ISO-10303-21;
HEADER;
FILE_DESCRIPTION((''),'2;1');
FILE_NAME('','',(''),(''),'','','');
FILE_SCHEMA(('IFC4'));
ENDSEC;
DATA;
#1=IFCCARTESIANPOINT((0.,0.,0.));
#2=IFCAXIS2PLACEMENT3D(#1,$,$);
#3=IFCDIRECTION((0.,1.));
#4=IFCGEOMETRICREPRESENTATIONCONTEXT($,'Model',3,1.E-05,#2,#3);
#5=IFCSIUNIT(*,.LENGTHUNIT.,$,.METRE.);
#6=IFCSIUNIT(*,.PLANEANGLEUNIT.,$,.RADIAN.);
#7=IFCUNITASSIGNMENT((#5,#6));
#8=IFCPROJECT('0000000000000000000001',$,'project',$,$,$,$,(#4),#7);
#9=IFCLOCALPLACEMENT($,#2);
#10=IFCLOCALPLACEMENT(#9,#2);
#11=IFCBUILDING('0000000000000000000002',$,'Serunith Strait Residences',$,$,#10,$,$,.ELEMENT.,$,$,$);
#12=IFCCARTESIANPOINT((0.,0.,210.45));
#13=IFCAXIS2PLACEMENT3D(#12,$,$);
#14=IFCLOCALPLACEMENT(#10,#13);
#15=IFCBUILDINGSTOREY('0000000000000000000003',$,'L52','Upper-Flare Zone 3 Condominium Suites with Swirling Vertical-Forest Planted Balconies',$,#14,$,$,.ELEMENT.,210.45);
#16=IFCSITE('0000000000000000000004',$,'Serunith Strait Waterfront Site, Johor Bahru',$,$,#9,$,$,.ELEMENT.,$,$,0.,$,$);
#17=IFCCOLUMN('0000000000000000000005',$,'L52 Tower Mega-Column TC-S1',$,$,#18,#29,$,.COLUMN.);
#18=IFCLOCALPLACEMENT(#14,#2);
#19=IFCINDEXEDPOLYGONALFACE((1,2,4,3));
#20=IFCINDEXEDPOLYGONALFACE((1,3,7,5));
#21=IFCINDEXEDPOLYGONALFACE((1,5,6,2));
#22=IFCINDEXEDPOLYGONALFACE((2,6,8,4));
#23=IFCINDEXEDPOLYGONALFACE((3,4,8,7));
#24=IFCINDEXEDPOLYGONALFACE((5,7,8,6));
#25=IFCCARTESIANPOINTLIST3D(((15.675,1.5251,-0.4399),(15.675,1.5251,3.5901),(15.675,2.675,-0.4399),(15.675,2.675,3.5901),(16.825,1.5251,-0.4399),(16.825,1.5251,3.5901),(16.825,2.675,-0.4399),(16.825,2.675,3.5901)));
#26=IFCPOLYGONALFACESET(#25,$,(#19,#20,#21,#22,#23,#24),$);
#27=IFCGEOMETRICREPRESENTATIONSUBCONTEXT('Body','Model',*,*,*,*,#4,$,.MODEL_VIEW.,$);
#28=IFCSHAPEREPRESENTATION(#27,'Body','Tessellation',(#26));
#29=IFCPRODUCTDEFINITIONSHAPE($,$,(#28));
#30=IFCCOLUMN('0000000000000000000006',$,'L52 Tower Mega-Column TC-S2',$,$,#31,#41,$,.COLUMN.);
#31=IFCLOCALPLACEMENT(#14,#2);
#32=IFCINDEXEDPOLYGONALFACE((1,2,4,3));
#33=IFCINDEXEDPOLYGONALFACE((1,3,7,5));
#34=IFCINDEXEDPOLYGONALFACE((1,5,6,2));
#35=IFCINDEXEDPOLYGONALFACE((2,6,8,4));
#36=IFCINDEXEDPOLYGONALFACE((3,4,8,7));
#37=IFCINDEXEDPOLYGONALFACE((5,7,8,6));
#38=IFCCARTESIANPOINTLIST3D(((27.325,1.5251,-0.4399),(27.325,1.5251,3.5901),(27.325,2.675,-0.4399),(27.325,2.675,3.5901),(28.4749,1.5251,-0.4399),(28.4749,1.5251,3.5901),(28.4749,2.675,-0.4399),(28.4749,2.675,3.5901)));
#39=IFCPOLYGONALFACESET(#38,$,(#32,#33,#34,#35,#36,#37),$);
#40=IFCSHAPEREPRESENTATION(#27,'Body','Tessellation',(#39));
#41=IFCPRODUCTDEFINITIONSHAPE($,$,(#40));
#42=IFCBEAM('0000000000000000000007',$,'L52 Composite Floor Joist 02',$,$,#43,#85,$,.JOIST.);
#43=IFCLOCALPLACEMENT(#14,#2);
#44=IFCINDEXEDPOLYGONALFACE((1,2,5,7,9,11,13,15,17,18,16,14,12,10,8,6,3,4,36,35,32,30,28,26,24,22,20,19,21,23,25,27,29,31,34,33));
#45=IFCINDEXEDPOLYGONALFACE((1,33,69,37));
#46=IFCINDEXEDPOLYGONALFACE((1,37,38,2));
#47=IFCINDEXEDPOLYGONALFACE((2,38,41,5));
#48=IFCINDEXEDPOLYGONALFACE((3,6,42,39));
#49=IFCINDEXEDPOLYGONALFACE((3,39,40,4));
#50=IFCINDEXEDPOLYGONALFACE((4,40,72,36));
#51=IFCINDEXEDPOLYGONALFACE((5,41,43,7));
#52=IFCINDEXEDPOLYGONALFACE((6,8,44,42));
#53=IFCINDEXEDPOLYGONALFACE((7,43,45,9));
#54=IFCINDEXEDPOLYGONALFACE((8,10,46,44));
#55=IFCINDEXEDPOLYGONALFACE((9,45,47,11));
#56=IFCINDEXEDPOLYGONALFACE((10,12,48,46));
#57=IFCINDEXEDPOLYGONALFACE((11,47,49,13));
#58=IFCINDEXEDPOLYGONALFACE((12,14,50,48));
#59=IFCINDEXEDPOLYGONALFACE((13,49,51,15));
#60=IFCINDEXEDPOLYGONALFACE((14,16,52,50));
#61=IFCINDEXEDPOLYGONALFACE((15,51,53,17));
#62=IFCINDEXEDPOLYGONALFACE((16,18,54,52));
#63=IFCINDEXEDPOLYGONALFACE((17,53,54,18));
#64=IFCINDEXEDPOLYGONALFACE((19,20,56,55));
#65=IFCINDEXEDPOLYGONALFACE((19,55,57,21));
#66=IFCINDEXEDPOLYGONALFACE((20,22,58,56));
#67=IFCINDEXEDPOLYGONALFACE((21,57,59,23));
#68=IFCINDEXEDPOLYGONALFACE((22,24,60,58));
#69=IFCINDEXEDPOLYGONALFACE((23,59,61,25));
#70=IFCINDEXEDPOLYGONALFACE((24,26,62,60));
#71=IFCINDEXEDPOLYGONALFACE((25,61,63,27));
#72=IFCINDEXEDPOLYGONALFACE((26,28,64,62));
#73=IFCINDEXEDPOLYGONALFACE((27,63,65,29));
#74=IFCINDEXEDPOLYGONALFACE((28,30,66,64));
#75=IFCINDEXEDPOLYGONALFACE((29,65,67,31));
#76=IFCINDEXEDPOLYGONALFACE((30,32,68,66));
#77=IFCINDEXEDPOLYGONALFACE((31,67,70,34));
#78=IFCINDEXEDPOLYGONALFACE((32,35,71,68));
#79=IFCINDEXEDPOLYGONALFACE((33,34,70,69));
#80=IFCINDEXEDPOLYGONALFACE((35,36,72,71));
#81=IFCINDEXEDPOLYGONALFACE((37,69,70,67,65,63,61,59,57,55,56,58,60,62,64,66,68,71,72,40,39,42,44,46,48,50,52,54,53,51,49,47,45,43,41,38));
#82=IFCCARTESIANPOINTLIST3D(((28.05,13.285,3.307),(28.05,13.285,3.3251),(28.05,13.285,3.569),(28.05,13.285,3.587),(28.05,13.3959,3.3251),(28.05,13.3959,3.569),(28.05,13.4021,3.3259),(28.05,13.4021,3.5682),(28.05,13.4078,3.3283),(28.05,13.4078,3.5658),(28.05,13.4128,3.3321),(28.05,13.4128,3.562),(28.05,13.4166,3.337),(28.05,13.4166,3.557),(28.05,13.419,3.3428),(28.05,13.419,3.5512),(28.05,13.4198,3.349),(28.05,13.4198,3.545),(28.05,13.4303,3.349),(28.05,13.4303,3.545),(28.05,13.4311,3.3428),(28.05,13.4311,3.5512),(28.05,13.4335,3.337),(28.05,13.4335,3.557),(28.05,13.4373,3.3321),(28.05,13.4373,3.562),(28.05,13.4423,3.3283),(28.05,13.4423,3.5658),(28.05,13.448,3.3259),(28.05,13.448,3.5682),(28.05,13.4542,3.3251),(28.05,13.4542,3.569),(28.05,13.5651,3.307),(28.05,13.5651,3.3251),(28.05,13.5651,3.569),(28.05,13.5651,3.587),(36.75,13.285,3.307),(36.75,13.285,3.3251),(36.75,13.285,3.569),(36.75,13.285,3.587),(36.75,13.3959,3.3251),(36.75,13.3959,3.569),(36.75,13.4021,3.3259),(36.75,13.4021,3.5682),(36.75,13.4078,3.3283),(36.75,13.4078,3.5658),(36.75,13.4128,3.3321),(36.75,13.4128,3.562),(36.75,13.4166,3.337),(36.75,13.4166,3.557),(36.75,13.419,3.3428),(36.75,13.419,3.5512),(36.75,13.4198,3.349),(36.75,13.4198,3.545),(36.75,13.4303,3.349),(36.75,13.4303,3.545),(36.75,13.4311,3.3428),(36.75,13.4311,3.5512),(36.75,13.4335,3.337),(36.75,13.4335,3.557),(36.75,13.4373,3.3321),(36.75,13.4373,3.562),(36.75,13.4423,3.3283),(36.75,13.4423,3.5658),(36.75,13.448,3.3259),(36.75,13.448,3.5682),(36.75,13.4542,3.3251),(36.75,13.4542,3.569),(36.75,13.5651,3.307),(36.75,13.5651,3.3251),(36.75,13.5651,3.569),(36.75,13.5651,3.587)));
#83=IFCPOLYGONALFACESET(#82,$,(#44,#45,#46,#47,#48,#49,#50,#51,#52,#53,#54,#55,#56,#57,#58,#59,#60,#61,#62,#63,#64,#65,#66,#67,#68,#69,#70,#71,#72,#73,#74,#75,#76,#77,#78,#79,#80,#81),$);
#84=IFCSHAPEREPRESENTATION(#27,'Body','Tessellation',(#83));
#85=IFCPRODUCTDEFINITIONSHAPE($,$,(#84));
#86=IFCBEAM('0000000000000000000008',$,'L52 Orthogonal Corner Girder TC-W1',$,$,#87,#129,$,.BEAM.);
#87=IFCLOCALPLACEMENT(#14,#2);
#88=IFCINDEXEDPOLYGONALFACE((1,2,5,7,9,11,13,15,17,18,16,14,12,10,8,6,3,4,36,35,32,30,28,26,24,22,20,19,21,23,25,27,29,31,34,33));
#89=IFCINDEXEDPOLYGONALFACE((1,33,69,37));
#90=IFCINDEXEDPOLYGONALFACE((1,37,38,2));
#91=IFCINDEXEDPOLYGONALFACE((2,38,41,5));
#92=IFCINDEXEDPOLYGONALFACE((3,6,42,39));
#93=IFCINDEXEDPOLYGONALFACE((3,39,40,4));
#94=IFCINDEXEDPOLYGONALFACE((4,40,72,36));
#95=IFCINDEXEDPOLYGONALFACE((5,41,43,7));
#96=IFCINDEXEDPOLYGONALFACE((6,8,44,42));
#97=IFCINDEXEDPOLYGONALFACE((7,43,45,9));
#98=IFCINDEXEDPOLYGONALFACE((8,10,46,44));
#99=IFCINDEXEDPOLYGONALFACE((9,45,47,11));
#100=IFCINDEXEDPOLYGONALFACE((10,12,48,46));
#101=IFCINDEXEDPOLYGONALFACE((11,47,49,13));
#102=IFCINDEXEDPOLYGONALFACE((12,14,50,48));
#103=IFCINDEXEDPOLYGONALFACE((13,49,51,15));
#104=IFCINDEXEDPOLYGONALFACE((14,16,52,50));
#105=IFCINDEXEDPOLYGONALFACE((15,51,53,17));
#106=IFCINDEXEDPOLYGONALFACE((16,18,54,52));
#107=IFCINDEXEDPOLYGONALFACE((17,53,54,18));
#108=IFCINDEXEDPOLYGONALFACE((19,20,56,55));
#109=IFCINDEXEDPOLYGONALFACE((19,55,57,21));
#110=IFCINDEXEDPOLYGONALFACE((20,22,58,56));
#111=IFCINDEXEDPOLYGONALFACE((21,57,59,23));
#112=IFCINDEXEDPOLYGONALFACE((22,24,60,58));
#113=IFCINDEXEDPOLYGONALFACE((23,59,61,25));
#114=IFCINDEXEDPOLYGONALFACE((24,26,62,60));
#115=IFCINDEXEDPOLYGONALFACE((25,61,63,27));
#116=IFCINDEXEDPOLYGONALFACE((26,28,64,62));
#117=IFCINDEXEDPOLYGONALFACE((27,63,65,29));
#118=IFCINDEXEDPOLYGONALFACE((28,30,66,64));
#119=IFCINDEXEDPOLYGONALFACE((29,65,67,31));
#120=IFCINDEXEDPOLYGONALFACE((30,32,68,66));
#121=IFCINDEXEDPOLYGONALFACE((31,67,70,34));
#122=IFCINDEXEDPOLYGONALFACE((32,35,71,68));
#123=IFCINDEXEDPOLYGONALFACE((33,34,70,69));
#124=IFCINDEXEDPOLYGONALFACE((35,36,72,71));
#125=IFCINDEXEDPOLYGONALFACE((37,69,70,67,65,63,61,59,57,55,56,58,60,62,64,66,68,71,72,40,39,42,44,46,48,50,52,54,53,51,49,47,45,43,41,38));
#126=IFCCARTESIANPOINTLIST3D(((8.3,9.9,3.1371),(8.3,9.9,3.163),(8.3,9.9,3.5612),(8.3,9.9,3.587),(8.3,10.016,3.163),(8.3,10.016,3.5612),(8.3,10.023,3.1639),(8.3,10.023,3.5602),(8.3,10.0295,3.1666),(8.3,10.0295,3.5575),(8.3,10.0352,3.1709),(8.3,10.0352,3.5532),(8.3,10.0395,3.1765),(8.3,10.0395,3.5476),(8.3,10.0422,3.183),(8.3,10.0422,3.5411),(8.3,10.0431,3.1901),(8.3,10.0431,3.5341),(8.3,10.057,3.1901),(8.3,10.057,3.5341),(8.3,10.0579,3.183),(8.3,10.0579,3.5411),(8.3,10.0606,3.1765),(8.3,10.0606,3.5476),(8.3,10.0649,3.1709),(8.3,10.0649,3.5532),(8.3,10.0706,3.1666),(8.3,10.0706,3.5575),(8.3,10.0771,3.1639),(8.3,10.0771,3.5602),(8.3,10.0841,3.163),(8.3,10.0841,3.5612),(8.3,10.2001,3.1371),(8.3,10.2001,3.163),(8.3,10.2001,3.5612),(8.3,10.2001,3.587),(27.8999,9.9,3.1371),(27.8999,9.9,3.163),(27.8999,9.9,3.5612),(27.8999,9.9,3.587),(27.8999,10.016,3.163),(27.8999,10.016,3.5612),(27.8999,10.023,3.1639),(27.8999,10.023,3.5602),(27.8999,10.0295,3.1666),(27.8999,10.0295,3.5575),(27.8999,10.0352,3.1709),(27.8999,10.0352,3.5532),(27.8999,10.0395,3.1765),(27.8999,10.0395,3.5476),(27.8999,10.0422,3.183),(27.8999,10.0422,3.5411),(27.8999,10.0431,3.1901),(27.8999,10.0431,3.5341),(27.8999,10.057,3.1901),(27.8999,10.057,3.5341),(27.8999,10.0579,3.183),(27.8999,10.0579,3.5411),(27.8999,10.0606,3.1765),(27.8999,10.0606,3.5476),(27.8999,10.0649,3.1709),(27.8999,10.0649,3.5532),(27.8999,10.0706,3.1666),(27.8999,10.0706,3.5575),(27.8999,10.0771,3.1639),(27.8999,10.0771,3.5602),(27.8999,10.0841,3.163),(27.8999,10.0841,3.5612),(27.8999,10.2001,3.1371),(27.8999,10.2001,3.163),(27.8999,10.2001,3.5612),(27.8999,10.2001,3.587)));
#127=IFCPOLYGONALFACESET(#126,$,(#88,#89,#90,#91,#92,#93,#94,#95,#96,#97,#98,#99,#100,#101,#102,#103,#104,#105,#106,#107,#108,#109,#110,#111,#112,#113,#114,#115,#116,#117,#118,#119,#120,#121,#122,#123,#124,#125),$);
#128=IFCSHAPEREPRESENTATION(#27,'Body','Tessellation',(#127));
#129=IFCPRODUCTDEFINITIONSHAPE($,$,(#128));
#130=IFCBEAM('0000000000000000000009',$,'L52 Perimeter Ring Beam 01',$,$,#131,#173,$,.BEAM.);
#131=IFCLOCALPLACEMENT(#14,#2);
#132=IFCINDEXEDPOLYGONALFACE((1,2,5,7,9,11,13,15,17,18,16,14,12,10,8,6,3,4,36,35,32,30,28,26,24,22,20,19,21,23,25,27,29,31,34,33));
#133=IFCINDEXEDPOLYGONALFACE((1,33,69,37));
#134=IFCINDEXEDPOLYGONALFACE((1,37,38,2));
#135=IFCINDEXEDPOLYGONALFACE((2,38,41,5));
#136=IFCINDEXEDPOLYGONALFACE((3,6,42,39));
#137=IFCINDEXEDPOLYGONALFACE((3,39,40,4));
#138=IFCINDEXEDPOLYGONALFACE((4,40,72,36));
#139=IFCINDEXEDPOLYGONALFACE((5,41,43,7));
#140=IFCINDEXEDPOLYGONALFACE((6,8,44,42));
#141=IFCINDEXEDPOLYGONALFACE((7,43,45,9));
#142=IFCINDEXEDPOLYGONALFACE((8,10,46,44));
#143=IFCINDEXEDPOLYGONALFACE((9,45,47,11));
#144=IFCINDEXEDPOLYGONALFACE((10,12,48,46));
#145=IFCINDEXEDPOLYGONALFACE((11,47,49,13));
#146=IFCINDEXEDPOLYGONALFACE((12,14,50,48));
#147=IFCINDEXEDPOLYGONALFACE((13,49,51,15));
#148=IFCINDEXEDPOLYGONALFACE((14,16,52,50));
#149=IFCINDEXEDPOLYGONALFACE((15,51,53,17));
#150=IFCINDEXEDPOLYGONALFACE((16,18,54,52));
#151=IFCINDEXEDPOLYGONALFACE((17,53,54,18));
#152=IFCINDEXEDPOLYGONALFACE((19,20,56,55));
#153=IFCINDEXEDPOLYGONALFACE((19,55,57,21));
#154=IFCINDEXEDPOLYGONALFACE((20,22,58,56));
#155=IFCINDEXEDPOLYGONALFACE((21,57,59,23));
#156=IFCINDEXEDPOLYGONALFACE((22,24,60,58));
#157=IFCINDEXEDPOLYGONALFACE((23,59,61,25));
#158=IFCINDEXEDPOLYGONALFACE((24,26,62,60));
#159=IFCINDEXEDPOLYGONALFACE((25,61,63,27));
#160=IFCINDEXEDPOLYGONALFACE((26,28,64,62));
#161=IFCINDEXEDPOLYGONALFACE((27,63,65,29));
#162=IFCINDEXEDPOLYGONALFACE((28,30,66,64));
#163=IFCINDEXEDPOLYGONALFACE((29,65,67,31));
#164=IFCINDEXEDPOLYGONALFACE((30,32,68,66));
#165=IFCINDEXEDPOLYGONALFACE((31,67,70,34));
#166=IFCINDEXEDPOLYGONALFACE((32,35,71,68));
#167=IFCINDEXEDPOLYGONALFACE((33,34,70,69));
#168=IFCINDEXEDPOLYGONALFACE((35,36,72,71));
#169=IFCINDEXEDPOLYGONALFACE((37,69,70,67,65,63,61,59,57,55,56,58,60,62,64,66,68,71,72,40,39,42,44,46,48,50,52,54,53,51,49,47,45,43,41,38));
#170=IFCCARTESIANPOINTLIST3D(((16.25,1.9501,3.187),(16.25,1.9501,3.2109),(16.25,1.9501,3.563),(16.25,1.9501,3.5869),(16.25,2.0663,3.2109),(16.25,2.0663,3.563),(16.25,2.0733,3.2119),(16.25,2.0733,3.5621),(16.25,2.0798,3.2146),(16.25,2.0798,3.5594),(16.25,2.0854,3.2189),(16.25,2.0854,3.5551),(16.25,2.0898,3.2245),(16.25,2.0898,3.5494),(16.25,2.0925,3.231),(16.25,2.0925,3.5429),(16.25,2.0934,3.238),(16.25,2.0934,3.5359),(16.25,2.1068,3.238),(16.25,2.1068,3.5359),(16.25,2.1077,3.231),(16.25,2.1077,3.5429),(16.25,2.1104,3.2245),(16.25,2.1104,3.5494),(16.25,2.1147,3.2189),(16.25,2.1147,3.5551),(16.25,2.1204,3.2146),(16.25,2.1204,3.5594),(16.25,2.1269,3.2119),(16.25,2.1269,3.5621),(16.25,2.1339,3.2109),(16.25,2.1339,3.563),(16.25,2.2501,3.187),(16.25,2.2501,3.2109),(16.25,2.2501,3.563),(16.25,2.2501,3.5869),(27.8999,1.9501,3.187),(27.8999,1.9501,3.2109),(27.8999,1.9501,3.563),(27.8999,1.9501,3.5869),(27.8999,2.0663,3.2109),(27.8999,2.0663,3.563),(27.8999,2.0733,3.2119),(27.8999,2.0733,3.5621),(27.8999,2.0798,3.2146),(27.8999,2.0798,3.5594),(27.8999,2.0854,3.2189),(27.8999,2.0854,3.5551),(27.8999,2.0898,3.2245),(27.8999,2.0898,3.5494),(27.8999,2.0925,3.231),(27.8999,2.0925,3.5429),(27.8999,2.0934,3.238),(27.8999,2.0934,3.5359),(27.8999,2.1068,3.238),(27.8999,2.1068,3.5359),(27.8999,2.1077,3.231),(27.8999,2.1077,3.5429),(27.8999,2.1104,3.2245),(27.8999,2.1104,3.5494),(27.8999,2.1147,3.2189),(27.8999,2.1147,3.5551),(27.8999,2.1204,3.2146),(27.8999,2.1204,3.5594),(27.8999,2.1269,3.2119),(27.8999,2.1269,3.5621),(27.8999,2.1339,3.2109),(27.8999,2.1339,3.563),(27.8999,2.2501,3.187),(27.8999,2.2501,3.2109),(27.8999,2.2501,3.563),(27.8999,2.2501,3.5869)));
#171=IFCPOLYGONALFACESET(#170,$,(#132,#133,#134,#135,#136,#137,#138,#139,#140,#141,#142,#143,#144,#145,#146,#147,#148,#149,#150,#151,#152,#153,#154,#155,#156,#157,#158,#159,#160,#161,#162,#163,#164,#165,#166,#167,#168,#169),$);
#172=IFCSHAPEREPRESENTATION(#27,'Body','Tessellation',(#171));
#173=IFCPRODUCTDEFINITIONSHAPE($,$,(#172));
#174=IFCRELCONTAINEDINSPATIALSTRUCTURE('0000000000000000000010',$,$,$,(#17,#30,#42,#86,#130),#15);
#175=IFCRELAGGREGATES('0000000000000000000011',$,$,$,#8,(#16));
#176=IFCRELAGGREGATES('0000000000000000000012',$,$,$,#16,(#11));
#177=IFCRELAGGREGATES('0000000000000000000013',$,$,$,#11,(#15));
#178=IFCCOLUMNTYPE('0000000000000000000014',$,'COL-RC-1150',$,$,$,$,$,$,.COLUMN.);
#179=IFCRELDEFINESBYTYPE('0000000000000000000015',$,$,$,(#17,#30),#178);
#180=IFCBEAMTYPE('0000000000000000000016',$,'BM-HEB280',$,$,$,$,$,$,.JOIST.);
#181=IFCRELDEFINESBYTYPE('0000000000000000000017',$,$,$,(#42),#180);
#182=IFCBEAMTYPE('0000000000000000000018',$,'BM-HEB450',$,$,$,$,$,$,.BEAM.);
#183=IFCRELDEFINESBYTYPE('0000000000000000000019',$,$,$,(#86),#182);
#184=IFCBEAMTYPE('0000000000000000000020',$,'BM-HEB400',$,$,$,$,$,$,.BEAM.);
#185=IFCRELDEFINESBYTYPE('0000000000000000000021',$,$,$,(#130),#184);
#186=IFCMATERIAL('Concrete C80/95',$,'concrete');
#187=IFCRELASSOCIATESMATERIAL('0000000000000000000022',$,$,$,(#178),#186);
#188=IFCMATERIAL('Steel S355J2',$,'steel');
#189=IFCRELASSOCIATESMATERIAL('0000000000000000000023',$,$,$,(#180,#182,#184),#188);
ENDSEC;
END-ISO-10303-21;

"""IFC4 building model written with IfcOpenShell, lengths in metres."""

from ifc_helpers import new_model, si_unit, direction, frame, origin, origin_2d, place, context, subcontext, project, spatial, rectangle, i_section, extrude, source, transform, mapped, material, material_profile, profile_set, type_object, element, save


model = new_model("IFC4")

# Units and contexts
model_context = context("Model", 3, precision=1e-05, world=origin(), true_north=direction((0.0, 1.0)))
body_context = subcontext(model_context, "Body", "Model", "MODEL_VIEW")
ifc_project = project(units=[si_unit("LENGTHUNIT", "METRE"), si_unit("PLANEANGLEUNIT", "RADIAN")], contexts=[model_context])

# Site, building, storey
site_placement = place(None, origin())
site = spatial("IfcSite", under=ifc_project, at=site_placement, Name="Serunith Strait Waterfront Site, Johor Bahru", CompositionType="ELEMENT", RefElevation=0.0)
building_placement = place(site_placement, origin())
building = spatial("IfcBuilding", under=site, at=building_placement, Name="Serunith Strait Residences", CompositionType="ELEMENT")
storey_placement = place(building_placement, frame((0.0, 0.0, 210.45)))
storey = spatial("IfcBuildingStorey", under=building, at=storey_placement, Name="L52", Description="Upper-Flare Zone 3 Condominium Suites with Swirling Vertical-Forest Planted Balconies", CompositionType="ELEMENT", Elevation=210.45)

# Columns
ifc_material_1 = material(Name="Concrete C80/95", Category="concrete")
ifc_material_profile_1 = material_profile(ifc_material_1, rectangle(XDim=1.1499, YDim=1.1499, at=origin_2d()), Name="RC 1150x1150")
ifc_profile_set_1 = profile_set([ifc_material_profile_1], Name="Concrete C80/95")
column_type = type_object("IfcColumnType", Name="COL-RC-1150", PredefinedType="COLUMN", material=ifc_profile_set_1)
shared_shape_1 = source(origin(), body_context, "Body", "SweptSolid", [
    extrude(rectangle(XDim=1.1499, YDim=1.1499, at=origin_2d()), origin(), (0.0, 0.0, 1.0), 4.03),
])
for number, where, z_axis, x_axis, name in (
    (1, (16.25, 2.1001, -0.4399), (0.0, 0.0, 1.0), (1.0, 0.0, 0.0), "L52 Tower Mega-Column TC-S1"),
    (2, (27.8999, 2.1001, -0.4399), (0.0, 0.0, 1.0), (1.0, 0.0, 0.0), "L52 Tower Mega-Column TC-S2"),
):
    element("IfcColumn", number, at=place(storey_placement, frame(where, z_axis=z_axis, x_axis=x_axis)), inside=storey, type_object=column_type, Name=name, PredefinedType="COLUMN", context=body_context, shape_type="MappedRepresentation", body=[
        mapped(shared_shape_1, transform((0.0, 0.0, 0.0), scale=1.0)),
    ])

# Beams
ifc_material_2 = material(Name="Steel S355J2", Category="steel")
ifc_material_profile_2 = material_profile(ifc_material_2, i_section(OverallWidth=0.28, OverallDepth=0.28, WebThickness=0.0105, FlangeThickness=0.0181, FilletRadius=0.0239, at=origin_2d()), Name="HEB 280")
ifc_profile_set_2 = profile_set([ifc_material_profile_2], Name="Steel S355J2")
beam_type_1 = type_object("IfcBeamType", Name="BM-HEB280", PredefinedType="JOIST", material=ifc_profile_set_2)
shared_shape_2 = source(origin(), body_context, "Body", "SweptSolid", [
    extrude(i_section(OverallWidth=0.28, OverallDepth=0.28, WebThickness=0.0105, FlangeThickness=0.0181, FilletRadius=0.0239, at=origin_2d()), origin(), (0.0, 0.0, 1.0), 8.7),
])
beam_1_placement = place(storey_placement, frame((28.05, 13.425, 3.447), z_axis=(1.0, 0.0, 0.0), x_axis=(0.0, 1.0, 0.0)))
element("IfcBeam", 3, at=beam_1_placement, inside=storey, type_object=beam_type_1, Name="L52 Composite Floor Joist 02", PredefinedType="JOIST", context=body_context, shape_type="MappedRepresentation", body=[
    mapped(shared_shape_2, transform((0.0, 0.0, 0.0), scale=1.0)),
])
ifc_material_profile_3 = material_profile(ifc_material_2, i_section(OverallWidth=0.3, OverallDepth=0.45, WebThickness=0.0139, FlangeThickness=0.0259, FilletRadius=0.0271, at=origin_2d()), Name="HEB 450")
ifc_profile_set_3 = profile_set([ifc_material_profile_3], Name="Steel S355J2")
beam_type_2 = type_object("IfcBeamType", Name="BM-HEB450", PredefinedType="BEAM", material=ifc_profile_set_3)
shared_shape_3 = source(origin(), body_context, "Body", "SweptSolid", [
    extrude(i_section(OverallWidth=0.3, OverallDepth=0.45, WebThickness=0.0139, FlangeThickness=0.0259, FilletRadius=0.0271, at=origin_2d()), origin(), (0.0, 0.0, 1.0), 19.5999),
])
beam_2_placement = place(storey_placement, frame((27.8999, 10.05, 3.3621), z_axis=(-1.0, 0.0, 0.0), x_axis=(0.0, -1.0, 0.0)))
element("IfcBeam", 4, at=beam_2_placement, inside=storey, type_object=beam_type_2, Name="L52 Orthogonal Corner Girder TC-W1", PredefinedType="BEAM", context=body_context, shape_type="MappedRepresentation", body=[
    mapped(shared_shape_3, transform((0.0, 0.0, 0.0), scale=1.0)),
])
ifc_material_profile_4 = material_profile(ifc_material_2, i_section(OverallWidth=0.3, OverallDepth=0.3999, WebThickness=0.0134, FlangeThickness=0.0239, FilletRadius=0.0271, at=origin_2d()), Name="HEB 400")
ifc_profile_set_4 = profile_set([ifc_material_profile_4], Name="Steel S355J2")
beam_type_3 = type_object("IfcBeamType", Name="BM-HEB400", PredefinedType="BEAM", material=ifc_profile_set_4)
shared_shape_4 = source(origin(), body_context, "Body", "SweptSolid", [
    extrude(i_section(OverallWidth=0.3, OverallDepth=0.3999, WebThickness=0.0134, FlangeThickness=0.0239, FilletRadius=0.0271, at=origin_2d()), origin(), (0.0, 0.0, 1.0), 11.6499),
])
beam_3_placement = place(storey_placement, frame((16.25, 2.1001, 3.387), z_axis=(1.0, 0.0, 0.0), x_axis=(0.0, 1.0, 0.0)))
element("IfcBeam", 5, at=beam_3_placement, inside=storey, type_object=beam_type_3, Name="L52 Perimeter Ring Beam 01", PredefinedType="BEAM", context=body_context, shape_type="MappedRepresentation", body=[
    mapped(shared_shape_4, transform((0.0, 0.0, 0.0), scale=1.0)),
])

save(model, "model.ifc")
